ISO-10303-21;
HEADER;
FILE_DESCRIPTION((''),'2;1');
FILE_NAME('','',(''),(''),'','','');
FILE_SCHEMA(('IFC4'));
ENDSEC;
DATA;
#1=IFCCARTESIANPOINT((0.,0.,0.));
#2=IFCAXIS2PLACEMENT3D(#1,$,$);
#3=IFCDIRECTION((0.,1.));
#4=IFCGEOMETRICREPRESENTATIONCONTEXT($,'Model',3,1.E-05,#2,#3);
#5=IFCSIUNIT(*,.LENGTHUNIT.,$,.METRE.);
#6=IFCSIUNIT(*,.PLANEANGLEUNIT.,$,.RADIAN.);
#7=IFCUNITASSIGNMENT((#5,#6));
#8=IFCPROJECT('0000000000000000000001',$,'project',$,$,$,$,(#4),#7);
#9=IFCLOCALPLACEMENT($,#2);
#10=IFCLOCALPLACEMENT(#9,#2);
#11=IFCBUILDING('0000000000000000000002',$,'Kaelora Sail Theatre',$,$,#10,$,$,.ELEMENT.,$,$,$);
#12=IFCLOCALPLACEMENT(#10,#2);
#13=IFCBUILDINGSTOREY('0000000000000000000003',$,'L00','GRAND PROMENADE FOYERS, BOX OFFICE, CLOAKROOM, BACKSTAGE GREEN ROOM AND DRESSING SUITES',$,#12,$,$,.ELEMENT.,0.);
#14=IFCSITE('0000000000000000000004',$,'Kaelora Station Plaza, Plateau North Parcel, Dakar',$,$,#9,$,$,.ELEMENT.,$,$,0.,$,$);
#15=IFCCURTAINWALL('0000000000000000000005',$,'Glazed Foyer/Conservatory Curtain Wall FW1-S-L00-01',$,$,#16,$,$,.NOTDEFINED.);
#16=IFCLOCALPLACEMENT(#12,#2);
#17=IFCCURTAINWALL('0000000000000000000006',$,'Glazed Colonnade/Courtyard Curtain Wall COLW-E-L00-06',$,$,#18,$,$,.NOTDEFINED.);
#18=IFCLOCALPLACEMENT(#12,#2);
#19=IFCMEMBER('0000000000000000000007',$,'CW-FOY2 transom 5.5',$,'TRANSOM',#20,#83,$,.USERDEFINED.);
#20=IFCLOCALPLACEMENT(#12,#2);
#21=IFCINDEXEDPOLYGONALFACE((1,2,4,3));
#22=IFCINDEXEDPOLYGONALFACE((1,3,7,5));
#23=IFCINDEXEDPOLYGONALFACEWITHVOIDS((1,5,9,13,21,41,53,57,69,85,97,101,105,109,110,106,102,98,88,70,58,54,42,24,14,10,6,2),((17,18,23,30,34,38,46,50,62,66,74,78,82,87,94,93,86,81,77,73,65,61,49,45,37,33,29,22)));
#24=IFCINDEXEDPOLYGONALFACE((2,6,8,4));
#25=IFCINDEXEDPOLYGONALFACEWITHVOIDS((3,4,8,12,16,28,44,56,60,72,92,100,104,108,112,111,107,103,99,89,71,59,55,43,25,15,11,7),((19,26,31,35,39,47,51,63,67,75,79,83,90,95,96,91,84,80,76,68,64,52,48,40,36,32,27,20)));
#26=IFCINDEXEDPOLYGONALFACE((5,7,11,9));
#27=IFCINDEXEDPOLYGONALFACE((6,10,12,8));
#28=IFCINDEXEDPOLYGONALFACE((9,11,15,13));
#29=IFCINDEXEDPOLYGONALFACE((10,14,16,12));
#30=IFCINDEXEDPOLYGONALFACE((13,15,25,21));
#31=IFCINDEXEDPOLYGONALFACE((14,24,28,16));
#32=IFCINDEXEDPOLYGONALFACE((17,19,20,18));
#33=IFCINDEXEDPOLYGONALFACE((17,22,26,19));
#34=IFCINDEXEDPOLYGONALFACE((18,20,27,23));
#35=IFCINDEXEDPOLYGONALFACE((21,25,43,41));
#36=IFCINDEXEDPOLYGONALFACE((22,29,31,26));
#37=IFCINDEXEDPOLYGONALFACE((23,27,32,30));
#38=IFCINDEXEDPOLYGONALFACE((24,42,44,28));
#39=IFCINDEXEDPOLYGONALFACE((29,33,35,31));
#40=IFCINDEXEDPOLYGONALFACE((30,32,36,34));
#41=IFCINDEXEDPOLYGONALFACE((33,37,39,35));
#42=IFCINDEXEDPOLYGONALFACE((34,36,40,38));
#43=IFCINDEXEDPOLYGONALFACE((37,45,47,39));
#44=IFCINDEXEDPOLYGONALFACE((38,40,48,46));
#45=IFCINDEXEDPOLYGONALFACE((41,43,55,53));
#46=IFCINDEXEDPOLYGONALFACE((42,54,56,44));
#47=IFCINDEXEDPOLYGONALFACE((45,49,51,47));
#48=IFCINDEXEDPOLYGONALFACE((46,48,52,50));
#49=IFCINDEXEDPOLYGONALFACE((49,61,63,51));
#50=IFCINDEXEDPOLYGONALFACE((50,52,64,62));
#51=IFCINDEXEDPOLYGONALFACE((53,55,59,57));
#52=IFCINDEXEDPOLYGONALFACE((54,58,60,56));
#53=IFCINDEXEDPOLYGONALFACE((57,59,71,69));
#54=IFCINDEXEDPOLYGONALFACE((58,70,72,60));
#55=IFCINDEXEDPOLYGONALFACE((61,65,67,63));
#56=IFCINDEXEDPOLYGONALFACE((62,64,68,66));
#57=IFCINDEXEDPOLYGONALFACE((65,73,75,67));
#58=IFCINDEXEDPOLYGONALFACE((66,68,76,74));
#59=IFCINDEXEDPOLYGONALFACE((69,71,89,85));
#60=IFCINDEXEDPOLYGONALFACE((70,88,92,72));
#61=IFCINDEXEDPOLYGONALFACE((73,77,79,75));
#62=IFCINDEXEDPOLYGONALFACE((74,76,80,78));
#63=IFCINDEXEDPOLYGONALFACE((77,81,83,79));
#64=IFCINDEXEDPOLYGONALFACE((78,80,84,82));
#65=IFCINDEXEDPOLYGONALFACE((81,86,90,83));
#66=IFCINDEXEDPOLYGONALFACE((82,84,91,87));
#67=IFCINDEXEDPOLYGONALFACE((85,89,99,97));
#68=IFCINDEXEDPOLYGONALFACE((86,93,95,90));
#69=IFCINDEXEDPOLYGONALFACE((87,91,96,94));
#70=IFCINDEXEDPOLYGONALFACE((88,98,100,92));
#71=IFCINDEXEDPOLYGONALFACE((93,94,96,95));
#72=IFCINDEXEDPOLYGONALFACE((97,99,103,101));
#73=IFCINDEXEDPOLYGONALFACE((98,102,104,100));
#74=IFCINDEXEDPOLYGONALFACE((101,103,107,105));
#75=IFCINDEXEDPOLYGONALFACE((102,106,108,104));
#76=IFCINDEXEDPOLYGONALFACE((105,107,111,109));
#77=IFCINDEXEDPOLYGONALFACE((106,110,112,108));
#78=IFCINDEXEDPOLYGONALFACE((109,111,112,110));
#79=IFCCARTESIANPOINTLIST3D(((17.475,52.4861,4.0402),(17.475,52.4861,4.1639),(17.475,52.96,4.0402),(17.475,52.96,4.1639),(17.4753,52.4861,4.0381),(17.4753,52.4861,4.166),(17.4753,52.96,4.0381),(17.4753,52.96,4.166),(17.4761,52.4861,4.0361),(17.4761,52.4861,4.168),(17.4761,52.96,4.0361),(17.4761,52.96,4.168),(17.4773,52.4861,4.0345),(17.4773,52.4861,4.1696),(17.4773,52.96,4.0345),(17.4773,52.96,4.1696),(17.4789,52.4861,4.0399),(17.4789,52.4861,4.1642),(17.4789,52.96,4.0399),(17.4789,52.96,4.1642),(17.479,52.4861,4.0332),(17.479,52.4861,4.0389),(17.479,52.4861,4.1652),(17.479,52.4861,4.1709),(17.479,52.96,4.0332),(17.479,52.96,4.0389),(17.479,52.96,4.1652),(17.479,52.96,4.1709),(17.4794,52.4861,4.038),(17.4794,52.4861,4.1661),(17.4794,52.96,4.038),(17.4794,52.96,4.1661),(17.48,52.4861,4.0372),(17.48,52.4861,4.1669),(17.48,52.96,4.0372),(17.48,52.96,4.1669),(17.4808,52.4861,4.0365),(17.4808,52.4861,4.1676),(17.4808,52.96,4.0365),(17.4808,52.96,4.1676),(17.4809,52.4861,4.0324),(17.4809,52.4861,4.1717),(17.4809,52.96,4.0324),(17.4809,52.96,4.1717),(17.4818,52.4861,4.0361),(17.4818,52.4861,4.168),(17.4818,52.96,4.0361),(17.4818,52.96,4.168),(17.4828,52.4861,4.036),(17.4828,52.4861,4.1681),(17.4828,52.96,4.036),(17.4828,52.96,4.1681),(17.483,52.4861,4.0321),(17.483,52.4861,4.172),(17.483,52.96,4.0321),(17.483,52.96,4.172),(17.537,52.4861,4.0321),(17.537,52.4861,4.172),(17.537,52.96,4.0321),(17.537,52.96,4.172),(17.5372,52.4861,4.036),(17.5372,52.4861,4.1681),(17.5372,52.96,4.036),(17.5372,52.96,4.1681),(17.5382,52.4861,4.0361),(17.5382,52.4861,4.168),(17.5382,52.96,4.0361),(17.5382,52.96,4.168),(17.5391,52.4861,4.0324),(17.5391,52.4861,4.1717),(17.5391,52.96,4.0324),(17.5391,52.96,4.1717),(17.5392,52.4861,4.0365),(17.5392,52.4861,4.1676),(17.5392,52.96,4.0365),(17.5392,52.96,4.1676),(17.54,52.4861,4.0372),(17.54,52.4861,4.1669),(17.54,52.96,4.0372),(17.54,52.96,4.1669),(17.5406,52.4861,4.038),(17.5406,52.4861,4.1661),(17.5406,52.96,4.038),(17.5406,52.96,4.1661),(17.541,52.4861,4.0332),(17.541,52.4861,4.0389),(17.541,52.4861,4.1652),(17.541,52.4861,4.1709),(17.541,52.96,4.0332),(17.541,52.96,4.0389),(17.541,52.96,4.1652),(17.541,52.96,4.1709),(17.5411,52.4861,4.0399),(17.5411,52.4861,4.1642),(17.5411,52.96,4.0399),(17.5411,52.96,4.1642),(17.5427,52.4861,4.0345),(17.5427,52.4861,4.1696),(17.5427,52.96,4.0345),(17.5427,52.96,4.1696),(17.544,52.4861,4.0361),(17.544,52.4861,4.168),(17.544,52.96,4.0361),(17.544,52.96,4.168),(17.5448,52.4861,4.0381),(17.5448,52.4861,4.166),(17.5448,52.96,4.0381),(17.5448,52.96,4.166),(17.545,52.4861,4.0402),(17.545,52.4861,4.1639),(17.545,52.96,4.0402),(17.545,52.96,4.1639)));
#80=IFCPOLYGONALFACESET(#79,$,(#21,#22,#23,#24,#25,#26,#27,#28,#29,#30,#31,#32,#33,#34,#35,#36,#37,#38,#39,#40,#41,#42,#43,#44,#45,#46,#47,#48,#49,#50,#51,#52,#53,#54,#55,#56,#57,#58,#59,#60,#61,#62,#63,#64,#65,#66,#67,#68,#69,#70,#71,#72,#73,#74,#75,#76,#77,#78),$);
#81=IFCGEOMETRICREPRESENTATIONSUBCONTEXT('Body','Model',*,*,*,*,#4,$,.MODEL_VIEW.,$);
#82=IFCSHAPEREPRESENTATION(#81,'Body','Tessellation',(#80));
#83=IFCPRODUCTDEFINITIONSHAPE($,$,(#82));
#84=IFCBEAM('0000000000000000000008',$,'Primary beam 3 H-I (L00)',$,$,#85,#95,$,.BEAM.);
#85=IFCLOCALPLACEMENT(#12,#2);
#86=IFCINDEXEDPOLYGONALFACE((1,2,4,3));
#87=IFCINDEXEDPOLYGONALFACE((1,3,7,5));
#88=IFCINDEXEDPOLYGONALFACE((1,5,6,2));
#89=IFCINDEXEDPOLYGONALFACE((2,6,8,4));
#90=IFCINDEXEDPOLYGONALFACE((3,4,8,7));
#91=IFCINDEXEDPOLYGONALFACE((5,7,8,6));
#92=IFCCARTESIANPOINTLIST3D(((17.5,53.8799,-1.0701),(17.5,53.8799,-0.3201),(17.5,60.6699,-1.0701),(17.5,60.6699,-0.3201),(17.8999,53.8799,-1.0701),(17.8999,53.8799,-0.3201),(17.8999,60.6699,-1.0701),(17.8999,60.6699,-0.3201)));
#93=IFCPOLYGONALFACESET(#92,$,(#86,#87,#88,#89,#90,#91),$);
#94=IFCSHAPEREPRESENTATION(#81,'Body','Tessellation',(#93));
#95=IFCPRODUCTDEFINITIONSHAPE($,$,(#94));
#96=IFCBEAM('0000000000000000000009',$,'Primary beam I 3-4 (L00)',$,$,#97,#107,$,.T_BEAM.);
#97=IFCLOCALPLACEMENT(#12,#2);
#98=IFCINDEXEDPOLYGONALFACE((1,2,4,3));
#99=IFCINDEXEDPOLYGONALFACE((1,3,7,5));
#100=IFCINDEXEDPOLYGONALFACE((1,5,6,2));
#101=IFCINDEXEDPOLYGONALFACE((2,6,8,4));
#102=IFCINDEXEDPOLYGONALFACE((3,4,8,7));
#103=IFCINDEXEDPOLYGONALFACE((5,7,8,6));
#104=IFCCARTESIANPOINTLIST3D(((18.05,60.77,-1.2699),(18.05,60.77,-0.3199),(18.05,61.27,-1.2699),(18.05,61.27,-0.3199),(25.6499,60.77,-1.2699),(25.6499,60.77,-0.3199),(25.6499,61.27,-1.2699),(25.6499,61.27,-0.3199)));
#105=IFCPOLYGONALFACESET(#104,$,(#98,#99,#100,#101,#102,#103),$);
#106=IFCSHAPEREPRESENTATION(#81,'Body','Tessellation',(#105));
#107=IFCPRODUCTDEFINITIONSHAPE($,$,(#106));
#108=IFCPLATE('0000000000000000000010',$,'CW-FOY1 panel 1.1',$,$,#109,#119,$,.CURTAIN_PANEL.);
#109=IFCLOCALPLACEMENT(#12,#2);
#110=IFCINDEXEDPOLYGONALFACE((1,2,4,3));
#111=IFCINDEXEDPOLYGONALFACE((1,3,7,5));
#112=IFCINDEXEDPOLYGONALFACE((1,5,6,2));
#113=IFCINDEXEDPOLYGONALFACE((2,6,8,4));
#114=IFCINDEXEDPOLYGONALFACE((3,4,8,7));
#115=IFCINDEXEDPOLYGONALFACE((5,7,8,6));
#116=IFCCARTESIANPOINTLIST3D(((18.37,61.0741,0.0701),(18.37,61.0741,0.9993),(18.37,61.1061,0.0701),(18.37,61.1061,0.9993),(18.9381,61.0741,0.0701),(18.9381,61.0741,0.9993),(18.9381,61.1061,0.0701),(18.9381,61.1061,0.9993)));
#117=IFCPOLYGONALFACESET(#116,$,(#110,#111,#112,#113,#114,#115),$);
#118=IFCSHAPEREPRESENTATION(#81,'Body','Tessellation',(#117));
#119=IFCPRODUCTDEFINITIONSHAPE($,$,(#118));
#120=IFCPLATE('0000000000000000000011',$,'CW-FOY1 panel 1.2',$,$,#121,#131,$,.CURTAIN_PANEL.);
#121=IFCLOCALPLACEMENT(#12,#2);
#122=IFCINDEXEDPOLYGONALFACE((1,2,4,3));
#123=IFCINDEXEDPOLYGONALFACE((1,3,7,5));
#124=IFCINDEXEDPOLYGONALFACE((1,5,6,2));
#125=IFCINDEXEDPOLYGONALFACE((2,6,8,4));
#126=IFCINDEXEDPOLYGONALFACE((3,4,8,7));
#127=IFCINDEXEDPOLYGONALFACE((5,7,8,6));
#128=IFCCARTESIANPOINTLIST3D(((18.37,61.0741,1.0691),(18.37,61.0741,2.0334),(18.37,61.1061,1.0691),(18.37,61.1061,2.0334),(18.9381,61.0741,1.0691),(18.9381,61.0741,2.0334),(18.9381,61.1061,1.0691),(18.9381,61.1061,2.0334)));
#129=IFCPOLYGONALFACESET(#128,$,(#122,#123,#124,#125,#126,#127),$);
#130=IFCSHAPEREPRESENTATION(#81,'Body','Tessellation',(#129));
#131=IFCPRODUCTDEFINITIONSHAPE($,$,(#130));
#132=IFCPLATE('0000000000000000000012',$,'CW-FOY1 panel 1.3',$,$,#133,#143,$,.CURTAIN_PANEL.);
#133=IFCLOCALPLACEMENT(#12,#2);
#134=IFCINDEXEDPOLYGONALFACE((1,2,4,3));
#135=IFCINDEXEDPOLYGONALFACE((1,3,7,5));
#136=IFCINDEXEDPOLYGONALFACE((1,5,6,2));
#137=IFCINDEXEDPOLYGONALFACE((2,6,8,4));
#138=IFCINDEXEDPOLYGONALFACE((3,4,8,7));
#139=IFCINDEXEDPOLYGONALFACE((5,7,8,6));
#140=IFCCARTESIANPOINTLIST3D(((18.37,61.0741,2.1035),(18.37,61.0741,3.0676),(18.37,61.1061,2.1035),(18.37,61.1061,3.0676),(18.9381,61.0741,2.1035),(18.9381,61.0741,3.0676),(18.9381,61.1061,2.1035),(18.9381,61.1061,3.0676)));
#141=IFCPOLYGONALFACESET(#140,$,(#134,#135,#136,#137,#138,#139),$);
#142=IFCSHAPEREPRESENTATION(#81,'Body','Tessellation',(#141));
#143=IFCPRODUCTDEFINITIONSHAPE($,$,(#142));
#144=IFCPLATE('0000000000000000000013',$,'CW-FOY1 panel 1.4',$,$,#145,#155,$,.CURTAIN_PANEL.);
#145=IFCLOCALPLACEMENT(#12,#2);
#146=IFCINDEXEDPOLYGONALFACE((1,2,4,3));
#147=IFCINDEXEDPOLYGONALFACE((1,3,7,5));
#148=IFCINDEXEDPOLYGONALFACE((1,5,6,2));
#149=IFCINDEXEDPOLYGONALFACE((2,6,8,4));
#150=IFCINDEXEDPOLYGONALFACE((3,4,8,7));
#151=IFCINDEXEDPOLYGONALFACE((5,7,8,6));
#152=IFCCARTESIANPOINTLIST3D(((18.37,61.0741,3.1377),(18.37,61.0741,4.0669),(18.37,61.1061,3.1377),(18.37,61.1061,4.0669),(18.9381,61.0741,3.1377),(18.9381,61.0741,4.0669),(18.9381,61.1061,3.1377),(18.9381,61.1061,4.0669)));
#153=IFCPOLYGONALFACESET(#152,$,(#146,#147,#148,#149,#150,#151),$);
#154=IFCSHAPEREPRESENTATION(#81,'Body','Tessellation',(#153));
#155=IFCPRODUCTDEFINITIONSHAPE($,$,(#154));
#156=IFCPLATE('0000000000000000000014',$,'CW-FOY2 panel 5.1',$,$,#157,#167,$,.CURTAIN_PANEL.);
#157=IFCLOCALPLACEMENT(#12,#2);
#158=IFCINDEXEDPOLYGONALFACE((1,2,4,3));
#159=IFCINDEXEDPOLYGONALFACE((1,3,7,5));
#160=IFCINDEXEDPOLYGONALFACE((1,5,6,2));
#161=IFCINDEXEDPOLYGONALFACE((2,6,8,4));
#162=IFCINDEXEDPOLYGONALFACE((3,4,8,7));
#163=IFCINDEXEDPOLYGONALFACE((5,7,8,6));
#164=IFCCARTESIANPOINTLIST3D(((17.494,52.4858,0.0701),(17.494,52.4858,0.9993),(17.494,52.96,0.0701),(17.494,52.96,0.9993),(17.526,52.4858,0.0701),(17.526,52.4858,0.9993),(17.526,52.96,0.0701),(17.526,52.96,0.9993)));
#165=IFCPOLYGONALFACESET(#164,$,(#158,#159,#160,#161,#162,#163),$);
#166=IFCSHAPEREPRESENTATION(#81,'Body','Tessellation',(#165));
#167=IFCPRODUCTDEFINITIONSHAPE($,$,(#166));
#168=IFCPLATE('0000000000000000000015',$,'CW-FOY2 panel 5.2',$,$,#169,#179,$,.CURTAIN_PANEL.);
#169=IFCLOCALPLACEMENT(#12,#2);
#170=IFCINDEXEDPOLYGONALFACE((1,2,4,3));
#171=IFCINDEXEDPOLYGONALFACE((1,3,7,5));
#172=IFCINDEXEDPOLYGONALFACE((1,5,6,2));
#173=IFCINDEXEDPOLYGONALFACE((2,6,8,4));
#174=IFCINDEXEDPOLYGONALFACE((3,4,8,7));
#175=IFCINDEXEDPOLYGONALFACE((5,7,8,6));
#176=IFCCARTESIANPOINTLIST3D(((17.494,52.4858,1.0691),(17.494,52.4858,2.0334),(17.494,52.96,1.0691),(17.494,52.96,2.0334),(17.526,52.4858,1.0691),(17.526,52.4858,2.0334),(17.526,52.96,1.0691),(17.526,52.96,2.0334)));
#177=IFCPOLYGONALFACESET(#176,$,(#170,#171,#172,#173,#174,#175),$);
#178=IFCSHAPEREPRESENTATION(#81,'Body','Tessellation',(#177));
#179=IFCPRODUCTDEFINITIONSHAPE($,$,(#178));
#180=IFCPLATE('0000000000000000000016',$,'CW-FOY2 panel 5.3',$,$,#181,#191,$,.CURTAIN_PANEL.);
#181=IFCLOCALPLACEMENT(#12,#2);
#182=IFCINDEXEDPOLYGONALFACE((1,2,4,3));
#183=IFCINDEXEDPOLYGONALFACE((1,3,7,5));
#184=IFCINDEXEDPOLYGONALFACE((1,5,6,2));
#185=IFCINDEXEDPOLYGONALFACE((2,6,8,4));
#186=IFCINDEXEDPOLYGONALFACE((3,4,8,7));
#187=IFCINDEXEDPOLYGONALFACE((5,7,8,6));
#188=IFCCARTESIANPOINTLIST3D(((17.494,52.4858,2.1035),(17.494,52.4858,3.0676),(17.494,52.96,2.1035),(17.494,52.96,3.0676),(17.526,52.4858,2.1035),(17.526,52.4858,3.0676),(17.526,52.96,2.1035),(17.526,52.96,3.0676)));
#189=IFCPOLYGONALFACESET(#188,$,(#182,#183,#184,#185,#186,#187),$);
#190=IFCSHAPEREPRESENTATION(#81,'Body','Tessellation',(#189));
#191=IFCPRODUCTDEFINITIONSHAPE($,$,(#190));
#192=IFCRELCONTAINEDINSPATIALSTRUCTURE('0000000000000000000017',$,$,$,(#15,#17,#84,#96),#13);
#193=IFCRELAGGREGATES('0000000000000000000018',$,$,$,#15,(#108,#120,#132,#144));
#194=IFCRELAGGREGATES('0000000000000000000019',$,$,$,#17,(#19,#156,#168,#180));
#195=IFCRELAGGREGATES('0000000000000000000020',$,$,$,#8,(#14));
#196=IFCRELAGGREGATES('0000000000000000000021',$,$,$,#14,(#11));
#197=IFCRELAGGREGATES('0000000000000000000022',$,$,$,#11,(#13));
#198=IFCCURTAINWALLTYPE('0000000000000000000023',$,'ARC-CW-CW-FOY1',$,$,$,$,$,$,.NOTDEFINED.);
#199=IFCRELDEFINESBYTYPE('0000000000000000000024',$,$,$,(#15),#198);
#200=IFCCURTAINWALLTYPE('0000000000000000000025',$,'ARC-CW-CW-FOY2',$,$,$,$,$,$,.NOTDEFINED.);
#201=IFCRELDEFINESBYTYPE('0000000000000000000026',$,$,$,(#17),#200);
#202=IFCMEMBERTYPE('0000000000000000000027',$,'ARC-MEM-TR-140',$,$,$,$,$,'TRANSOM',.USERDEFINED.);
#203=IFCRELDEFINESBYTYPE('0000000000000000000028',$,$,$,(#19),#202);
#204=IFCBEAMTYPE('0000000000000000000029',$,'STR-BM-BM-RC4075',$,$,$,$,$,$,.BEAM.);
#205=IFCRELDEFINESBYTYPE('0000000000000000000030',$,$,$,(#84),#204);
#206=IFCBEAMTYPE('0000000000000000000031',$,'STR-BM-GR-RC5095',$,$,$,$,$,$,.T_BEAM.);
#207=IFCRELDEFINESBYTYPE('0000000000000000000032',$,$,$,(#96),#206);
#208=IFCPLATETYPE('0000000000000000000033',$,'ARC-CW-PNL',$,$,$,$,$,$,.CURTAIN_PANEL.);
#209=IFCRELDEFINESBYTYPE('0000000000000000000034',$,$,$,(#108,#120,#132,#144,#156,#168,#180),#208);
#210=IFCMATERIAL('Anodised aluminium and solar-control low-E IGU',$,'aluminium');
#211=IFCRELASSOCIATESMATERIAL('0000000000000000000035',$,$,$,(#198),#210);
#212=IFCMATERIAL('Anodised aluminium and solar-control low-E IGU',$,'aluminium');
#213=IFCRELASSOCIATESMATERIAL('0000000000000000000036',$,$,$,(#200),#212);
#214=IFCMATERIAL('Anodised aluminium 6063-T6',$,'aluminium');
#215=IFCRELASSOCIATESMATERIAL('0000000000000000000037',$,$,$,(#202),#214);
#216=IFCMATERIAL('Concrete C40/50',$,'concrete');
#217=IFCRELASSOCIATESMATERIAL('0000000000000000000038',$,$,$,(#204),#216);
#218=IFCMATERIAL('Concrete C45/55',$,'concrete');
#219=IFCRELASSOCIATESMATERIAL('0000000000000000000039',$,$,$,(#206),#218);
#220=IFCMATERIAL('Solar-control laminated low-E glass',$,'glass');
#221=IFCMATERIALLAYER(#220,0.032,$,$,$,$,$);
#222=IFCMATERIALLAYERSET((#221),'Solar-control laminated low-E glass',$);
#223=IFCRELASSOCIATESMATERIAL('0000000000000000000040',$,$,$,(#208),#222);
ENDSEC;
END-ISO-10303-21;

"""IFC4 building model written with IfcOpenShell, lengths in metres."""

from ifc_helpers import new_model, si_unit, direction, frame, origin, origin_2d, place, context, subcontext, project, spatial, rectangle, hollow_rectangle, extrude, material, layer, layer_set, material_profile, profile_set, type_object, element, aggregate, save


model = new_model("IFC4")

# Units and contexts
model_context = context("Model", 3, precision=1e-05, world=origin(), true_north=direction((0.0, 1.0)))
body_context = subcontext(model_context, "Body", "Model", "MODEL_VIEW")
ifc_project = project(units=[si_unit("LENGTHUNIT", "METRE"), si_unit("PLANEANGLEUNIT", "RADIAN")], contexts=[model_context])

# Site, building, storey
site_placement = place(None, origin())
site = spatial("IfcSite", under=ifc_project, at=site_placement, Name="Kaelora Station Plaza, Plateau North Parcel, Dakar", CompositionType="ELEMENT", RefElevation=0.0)
building_placement = place(site_placement, origin())
building = spatial("IfcBuilding", under=site, at=building_placement, Name="Kaelora Sail Theatre", CompositionType="ELEMENT")
storey_placement = place(building_placement, origin())
storey = spatial("IfcBuildingStorey", under=building, at=storey_placement, Name="L00", Description="GRAND PROMENADE FOYERS, BOX OFFICE, CLOAKROOM, BACKSTAGE GREEN ROOM AND DRESSING SUITES", CompositionType="ELEMENT", Elevation=0.0)

# Curtain wall
ifc_material_1 = material(Name="Anodised aluminium and solar-control low-E IGU", Category="aluminium")
curtain_wall_type_1 = type_object("IfcCurtainWallType", Name="ARC-CW-CW-FOY1", PredefinedType="NOTDEFINED", material=ifc_material_1)
curtain_wall_1_placement = place(storey_placement, origin())
curtain_wall_1 = element("IfcCurtainWall", 1, at=curtain_wall_1_placement, inside=storey, type_object=curtain_wall_type_1, Name="Glazed Foyer/Conservatory Curtain Wall FW1-S-L00-01", PredefinedType="NOTDEFINED")

# Curtain wall
ifc_material_2 = material(Name="Anodised aluminium and solar-control low-E IGU", Category="aluminium")
curtain_wall_type_2 = type_object("IfcCurtainWallType", Name="ARC-CW-CW-FOY2", PredefinedType="NOTDEFINED", material=ifc_material_2)
curtain_wall_2_placement = place(storey_placement, origin())
curtain_wall_2 = element("IfcCurtainWall", 2, at=curtain_wall_2_placement, inside=storey, type_object=curtain_wall_type_2, Name="Glazed Colonnade/Courtyard Curtain Wall COLW-E-L00-06", PredefinedType="NOTDEFINED")

# Member
ifc_material_3 = material(Name="Anodised aluminium 6063-T6", Category="aluminium")
ifc_material_profile_1 = material_profile(ifc_material_3, hollow_rectangle(XDim=0.0701, YDim=0.1399, WallThickness=0.0039, InnerFilletRadius=0.0039, OuterFilletRadius=0.0081, at=origin_2d()), Name="ALU-TRAN 70x140x4")
ifc_profile_set_1 = profile_set([ifc_material_profile_1], Name="Anodised aluminium 6063-T6")
member_type_1 = type_object("IfcMemberType", Name="ARC-MEM-TR-140", ElementType="TRANSOM", PredefinedType="USERDEFINED", material=ifc_profile_set_1)
member_1_placement = place(storey_placement, frame((17.51, 52.4861, 4.1021), z_axis=(0.0, 1.0, 0.0), x_axis=(-1.0, 0.0, 0.0)))
member_1 = element("IfcMember", 3, at=member_1_placement, type_object=member_type_1, Name="CW-FOY2 transom 5.5", ObjectType="TRANSOM", PredefinedType="USERDEFINED", context=body_context, shape_type="SweptSolid", body=[
    extrude(hollow_rectangle(XDim=0.0701, YDim=0.1399, WallThickness=0.0039, InnerFilletRadius=0.0039, OuterFilletRadius=0.0081, at=origin_2d()), origin(), (0.0, 0.0, 1.0), 0.4739),
])

# Beams
ifc_material_4 = material(Name="Concrete C40/50", Category="concrete")
ifc_material_profile_2 = material_profile(ifc_material_4, rectangle(XDim=0.3999, YDim=0.75, at=origin_2d()), Name="RC-BM 400x750")
ifc_profile_set_2 = profile_set([ifc_material_profile_2], Name="Concrete C40/50")
beam_type_1 = type_object("IfcBeamType", Name="STR-BM-BM-RC4075", PredefinedType="BEAM", material=ifc_profile_set_2)
beam_1_placement = place(storey_placement, frame((17.7, 53.8799, -0.6951), z_axis=(0.0, 1.0, 0.0), x_axis=(-1.0, 0.0, 0.0)))
element("IfcBeam", 4, at=beam_1_placement, inside=storey, type_object=beam_type_1, Name="Primary beam 3 H-I (L00)", PredefinedType="BEAM", context=body_context, shape_type="SweptSolid", body=[
    extrude(rectangle(XDim=0.3999, YDim=0.75, at=origin_2d()), origin(), (0.0, 0.0, 1.0), 6.79),
])
ifc_material_5 = material(Name="Concrete C45/55", Category="concrete")
ifc_material_profile_3 = material_profile(ifc_material_5, rectangle(XDim=0.5, YDim=0.95, at=origin_2d()), Name="RC-GRD 500x950")
ifc_profile_set_3 = profile_set([ifc_material_profile_3], Name="Concrete C45/55")
beam_type_2 = type_object("IfcBeamType", Name="STR-BM-GR-RC5095", PredefinedType="T_BEAM", material=ifc_profile_set_3)
beam_2_placement = place(storey_placement, frame((18.05, 61.02, -0.7949), z_axis=(1.0, 0.0, 0.0), x_axis=(0.0, 1.0, 0.0)))
element("IfcBeam", 5, at=beam_2_placement, inside=storey, type_object=beam_type_2, Name="Primary beam I 3-4 (L00)", PredefinedType="T_BEAM", context=body_context, shape_type="SweptSolid", body=[
    extrude(rectangle(XDim=0.5, YDim=0.95, at=origin_2d()), origin(), (0.0, 0.0, 1.0), 7.5999),
])

# Plates
ifc_material_6 = material(Name="Solar-control laminated low-E glass", Category="glass")
ifc_layer = layer(ifc_material_6, 0.032)
ifc_layer_set = layer_set([ifc_layer], Name="Solar-control laminated low-E glass")
plate_type = type_object("IfcPlateType", Name="ARC-CW-PNL", PredefinedType="CURTAIN_PANEL", material=ifc_layer_set)
plate_1_placement = place(storey_placement, frame((18.6541, 61.0901, 0.0701), z_axis=(0.0, 0.0, 1.0), x_axis=(1.0, 0.0, 0.0)))
plate_1 = element("IfcPlate", 6, at=plate_1_placement, type_object=plate_type, Name="CW-FOY1 panel 1.1", PredefinedType="CURTAIN_PANEL", context=body_context, shape_type="SweptSolid", body=[
    extrude(rectangle(XDim=0.5681, YDim=0.032, at=origin_2d()), origin(), (0.0, 0.0, 1.0), 0.9292),
])
plate_2_placement = place(storey_placement, frame((18.6541, 61.0901, 1.0691), z_axis=(0.0, 0.0, 1.0), x_axis=(1.0, 0.0, 0.0)))
plate_2 = element("IfcPlate", 7, at=plate_2_placement, type_object=plate_type, Name="CW-FOY1 panel 1.2", PredefinedType="CURTAIN_PANEL", context=body_context, shape_type="SweptSolid", body=[
    extrude(rectangle(XDim=0.5681, YDim=0.032, at=origin_2d()), origin(), (0.0, 0.0, 1.0), 0.9644),
])
plate_3_placement = place(storey_placement, frame((18.6541, 61.0901, 2.1035), z_axis=(0.0, 0.0, 1.0), x_axis=(1.0, 0.0, 0.0)))
plate_3 = element("IfcPlate", 8, at=plate_3_placement, type_object=plate_type, Name="CW-FOY1 panel 1.3", PredefinedType="CURTAIN_PANEL", context=body_context, shape_type="SweptSolid", body=[
    extrude(rectangle(XDim=0.5681, YDim=0.032, at=origin_2d()), origin(), (0.0, 0.0, 1.0), 0.9641),
])
plate_4_placement = place(storey_placement, frame((18.6541, 61.0901, 3.1377), z_axis=(0.0, 0.0, 1.0), x_axis=(1.0, 0.0, 0.0)))
plate_4 = element("IfcPlate", 9, at=plate_4_placement, type_object=plate_type, Name="CW-FOY1 panel 1.4", PredefinedType="CURTAIN_PANEL", context=body_context, shape_type="SweptSolid", body=[
    extrude(rectangle(XDim=0.5681, YDim=0.032, at=origin_2d()), origin(), (0.0, 0.0, 1.0), 0.9292),
])
aggregate(curtain_wall_1, [plate_1, plate_2, plate_3, plate_4])
plate_5_placement = place(storey_placement, frame((17.51, 52.7229, 0.0701), z_axis=(0.0, 0.0, 1.0), x_axis=(0.0, 1.0, 0.0)))
plate_5 = element("IfcPlate", 10, at=plate_5_placement, type_object=plate_type, Name="CW-FOY2 panel 5.1", PredefinedType="CURTAIN_PANEL", context=body_context, shape_type="SweptSolid", body=[
    extrude(rectangle(XDim=0.4741, YDim=0.032, at=origin_2d()), origin(), (0.0, 0.0, 1.0), 0.9292),
])
plate_6_placement = place(storey_placement, frame((17.51, 52.7229, 1.0691), z_axis=(0.0, 0.0, 1.0), x_axis=(0.0, 1.0, 0.0)))
plate_6 = element("IfcPlate", 11, at=plate_6_placement, type_object=plate_type, Name="CW-FOY2 panel 5.2", PredefinedType="CURTAIN_PANEL", context=body_context, shape_type="SweptSolid", body=[
    extrude(rectangle(XDim=0.4741, YDim=0.032, at=origin_2d()), origin(), (0.0, 0.0, 1.0), 0.9644),
])
plate_7_placement = place(storey_placement, frame((17.51, 52.7229, 2.1035), z_axis=(0.0, 0.0, 1.0), x_axis=(0.0, 1.0, 0.0)))
plate_7 = element("IfcPlate", 12, at=plate_7_placement, type_object=plate_type, Name="CW-FOY2 panel 5.3", PredefinedType="CURTAIN_PANEL", context=body_context, shape_type="SweptSolid", body=[
    extrude(rectangle(XDim=0.4741, YDim=0.032, at=origin_2d()), origin(), (0.0, 0.0, 1.0), 0.9641),
])
aggregate(curtain_wall_2, [member_1, plate_5, plate_6, plate_7])

save(model, "model.ifc")
